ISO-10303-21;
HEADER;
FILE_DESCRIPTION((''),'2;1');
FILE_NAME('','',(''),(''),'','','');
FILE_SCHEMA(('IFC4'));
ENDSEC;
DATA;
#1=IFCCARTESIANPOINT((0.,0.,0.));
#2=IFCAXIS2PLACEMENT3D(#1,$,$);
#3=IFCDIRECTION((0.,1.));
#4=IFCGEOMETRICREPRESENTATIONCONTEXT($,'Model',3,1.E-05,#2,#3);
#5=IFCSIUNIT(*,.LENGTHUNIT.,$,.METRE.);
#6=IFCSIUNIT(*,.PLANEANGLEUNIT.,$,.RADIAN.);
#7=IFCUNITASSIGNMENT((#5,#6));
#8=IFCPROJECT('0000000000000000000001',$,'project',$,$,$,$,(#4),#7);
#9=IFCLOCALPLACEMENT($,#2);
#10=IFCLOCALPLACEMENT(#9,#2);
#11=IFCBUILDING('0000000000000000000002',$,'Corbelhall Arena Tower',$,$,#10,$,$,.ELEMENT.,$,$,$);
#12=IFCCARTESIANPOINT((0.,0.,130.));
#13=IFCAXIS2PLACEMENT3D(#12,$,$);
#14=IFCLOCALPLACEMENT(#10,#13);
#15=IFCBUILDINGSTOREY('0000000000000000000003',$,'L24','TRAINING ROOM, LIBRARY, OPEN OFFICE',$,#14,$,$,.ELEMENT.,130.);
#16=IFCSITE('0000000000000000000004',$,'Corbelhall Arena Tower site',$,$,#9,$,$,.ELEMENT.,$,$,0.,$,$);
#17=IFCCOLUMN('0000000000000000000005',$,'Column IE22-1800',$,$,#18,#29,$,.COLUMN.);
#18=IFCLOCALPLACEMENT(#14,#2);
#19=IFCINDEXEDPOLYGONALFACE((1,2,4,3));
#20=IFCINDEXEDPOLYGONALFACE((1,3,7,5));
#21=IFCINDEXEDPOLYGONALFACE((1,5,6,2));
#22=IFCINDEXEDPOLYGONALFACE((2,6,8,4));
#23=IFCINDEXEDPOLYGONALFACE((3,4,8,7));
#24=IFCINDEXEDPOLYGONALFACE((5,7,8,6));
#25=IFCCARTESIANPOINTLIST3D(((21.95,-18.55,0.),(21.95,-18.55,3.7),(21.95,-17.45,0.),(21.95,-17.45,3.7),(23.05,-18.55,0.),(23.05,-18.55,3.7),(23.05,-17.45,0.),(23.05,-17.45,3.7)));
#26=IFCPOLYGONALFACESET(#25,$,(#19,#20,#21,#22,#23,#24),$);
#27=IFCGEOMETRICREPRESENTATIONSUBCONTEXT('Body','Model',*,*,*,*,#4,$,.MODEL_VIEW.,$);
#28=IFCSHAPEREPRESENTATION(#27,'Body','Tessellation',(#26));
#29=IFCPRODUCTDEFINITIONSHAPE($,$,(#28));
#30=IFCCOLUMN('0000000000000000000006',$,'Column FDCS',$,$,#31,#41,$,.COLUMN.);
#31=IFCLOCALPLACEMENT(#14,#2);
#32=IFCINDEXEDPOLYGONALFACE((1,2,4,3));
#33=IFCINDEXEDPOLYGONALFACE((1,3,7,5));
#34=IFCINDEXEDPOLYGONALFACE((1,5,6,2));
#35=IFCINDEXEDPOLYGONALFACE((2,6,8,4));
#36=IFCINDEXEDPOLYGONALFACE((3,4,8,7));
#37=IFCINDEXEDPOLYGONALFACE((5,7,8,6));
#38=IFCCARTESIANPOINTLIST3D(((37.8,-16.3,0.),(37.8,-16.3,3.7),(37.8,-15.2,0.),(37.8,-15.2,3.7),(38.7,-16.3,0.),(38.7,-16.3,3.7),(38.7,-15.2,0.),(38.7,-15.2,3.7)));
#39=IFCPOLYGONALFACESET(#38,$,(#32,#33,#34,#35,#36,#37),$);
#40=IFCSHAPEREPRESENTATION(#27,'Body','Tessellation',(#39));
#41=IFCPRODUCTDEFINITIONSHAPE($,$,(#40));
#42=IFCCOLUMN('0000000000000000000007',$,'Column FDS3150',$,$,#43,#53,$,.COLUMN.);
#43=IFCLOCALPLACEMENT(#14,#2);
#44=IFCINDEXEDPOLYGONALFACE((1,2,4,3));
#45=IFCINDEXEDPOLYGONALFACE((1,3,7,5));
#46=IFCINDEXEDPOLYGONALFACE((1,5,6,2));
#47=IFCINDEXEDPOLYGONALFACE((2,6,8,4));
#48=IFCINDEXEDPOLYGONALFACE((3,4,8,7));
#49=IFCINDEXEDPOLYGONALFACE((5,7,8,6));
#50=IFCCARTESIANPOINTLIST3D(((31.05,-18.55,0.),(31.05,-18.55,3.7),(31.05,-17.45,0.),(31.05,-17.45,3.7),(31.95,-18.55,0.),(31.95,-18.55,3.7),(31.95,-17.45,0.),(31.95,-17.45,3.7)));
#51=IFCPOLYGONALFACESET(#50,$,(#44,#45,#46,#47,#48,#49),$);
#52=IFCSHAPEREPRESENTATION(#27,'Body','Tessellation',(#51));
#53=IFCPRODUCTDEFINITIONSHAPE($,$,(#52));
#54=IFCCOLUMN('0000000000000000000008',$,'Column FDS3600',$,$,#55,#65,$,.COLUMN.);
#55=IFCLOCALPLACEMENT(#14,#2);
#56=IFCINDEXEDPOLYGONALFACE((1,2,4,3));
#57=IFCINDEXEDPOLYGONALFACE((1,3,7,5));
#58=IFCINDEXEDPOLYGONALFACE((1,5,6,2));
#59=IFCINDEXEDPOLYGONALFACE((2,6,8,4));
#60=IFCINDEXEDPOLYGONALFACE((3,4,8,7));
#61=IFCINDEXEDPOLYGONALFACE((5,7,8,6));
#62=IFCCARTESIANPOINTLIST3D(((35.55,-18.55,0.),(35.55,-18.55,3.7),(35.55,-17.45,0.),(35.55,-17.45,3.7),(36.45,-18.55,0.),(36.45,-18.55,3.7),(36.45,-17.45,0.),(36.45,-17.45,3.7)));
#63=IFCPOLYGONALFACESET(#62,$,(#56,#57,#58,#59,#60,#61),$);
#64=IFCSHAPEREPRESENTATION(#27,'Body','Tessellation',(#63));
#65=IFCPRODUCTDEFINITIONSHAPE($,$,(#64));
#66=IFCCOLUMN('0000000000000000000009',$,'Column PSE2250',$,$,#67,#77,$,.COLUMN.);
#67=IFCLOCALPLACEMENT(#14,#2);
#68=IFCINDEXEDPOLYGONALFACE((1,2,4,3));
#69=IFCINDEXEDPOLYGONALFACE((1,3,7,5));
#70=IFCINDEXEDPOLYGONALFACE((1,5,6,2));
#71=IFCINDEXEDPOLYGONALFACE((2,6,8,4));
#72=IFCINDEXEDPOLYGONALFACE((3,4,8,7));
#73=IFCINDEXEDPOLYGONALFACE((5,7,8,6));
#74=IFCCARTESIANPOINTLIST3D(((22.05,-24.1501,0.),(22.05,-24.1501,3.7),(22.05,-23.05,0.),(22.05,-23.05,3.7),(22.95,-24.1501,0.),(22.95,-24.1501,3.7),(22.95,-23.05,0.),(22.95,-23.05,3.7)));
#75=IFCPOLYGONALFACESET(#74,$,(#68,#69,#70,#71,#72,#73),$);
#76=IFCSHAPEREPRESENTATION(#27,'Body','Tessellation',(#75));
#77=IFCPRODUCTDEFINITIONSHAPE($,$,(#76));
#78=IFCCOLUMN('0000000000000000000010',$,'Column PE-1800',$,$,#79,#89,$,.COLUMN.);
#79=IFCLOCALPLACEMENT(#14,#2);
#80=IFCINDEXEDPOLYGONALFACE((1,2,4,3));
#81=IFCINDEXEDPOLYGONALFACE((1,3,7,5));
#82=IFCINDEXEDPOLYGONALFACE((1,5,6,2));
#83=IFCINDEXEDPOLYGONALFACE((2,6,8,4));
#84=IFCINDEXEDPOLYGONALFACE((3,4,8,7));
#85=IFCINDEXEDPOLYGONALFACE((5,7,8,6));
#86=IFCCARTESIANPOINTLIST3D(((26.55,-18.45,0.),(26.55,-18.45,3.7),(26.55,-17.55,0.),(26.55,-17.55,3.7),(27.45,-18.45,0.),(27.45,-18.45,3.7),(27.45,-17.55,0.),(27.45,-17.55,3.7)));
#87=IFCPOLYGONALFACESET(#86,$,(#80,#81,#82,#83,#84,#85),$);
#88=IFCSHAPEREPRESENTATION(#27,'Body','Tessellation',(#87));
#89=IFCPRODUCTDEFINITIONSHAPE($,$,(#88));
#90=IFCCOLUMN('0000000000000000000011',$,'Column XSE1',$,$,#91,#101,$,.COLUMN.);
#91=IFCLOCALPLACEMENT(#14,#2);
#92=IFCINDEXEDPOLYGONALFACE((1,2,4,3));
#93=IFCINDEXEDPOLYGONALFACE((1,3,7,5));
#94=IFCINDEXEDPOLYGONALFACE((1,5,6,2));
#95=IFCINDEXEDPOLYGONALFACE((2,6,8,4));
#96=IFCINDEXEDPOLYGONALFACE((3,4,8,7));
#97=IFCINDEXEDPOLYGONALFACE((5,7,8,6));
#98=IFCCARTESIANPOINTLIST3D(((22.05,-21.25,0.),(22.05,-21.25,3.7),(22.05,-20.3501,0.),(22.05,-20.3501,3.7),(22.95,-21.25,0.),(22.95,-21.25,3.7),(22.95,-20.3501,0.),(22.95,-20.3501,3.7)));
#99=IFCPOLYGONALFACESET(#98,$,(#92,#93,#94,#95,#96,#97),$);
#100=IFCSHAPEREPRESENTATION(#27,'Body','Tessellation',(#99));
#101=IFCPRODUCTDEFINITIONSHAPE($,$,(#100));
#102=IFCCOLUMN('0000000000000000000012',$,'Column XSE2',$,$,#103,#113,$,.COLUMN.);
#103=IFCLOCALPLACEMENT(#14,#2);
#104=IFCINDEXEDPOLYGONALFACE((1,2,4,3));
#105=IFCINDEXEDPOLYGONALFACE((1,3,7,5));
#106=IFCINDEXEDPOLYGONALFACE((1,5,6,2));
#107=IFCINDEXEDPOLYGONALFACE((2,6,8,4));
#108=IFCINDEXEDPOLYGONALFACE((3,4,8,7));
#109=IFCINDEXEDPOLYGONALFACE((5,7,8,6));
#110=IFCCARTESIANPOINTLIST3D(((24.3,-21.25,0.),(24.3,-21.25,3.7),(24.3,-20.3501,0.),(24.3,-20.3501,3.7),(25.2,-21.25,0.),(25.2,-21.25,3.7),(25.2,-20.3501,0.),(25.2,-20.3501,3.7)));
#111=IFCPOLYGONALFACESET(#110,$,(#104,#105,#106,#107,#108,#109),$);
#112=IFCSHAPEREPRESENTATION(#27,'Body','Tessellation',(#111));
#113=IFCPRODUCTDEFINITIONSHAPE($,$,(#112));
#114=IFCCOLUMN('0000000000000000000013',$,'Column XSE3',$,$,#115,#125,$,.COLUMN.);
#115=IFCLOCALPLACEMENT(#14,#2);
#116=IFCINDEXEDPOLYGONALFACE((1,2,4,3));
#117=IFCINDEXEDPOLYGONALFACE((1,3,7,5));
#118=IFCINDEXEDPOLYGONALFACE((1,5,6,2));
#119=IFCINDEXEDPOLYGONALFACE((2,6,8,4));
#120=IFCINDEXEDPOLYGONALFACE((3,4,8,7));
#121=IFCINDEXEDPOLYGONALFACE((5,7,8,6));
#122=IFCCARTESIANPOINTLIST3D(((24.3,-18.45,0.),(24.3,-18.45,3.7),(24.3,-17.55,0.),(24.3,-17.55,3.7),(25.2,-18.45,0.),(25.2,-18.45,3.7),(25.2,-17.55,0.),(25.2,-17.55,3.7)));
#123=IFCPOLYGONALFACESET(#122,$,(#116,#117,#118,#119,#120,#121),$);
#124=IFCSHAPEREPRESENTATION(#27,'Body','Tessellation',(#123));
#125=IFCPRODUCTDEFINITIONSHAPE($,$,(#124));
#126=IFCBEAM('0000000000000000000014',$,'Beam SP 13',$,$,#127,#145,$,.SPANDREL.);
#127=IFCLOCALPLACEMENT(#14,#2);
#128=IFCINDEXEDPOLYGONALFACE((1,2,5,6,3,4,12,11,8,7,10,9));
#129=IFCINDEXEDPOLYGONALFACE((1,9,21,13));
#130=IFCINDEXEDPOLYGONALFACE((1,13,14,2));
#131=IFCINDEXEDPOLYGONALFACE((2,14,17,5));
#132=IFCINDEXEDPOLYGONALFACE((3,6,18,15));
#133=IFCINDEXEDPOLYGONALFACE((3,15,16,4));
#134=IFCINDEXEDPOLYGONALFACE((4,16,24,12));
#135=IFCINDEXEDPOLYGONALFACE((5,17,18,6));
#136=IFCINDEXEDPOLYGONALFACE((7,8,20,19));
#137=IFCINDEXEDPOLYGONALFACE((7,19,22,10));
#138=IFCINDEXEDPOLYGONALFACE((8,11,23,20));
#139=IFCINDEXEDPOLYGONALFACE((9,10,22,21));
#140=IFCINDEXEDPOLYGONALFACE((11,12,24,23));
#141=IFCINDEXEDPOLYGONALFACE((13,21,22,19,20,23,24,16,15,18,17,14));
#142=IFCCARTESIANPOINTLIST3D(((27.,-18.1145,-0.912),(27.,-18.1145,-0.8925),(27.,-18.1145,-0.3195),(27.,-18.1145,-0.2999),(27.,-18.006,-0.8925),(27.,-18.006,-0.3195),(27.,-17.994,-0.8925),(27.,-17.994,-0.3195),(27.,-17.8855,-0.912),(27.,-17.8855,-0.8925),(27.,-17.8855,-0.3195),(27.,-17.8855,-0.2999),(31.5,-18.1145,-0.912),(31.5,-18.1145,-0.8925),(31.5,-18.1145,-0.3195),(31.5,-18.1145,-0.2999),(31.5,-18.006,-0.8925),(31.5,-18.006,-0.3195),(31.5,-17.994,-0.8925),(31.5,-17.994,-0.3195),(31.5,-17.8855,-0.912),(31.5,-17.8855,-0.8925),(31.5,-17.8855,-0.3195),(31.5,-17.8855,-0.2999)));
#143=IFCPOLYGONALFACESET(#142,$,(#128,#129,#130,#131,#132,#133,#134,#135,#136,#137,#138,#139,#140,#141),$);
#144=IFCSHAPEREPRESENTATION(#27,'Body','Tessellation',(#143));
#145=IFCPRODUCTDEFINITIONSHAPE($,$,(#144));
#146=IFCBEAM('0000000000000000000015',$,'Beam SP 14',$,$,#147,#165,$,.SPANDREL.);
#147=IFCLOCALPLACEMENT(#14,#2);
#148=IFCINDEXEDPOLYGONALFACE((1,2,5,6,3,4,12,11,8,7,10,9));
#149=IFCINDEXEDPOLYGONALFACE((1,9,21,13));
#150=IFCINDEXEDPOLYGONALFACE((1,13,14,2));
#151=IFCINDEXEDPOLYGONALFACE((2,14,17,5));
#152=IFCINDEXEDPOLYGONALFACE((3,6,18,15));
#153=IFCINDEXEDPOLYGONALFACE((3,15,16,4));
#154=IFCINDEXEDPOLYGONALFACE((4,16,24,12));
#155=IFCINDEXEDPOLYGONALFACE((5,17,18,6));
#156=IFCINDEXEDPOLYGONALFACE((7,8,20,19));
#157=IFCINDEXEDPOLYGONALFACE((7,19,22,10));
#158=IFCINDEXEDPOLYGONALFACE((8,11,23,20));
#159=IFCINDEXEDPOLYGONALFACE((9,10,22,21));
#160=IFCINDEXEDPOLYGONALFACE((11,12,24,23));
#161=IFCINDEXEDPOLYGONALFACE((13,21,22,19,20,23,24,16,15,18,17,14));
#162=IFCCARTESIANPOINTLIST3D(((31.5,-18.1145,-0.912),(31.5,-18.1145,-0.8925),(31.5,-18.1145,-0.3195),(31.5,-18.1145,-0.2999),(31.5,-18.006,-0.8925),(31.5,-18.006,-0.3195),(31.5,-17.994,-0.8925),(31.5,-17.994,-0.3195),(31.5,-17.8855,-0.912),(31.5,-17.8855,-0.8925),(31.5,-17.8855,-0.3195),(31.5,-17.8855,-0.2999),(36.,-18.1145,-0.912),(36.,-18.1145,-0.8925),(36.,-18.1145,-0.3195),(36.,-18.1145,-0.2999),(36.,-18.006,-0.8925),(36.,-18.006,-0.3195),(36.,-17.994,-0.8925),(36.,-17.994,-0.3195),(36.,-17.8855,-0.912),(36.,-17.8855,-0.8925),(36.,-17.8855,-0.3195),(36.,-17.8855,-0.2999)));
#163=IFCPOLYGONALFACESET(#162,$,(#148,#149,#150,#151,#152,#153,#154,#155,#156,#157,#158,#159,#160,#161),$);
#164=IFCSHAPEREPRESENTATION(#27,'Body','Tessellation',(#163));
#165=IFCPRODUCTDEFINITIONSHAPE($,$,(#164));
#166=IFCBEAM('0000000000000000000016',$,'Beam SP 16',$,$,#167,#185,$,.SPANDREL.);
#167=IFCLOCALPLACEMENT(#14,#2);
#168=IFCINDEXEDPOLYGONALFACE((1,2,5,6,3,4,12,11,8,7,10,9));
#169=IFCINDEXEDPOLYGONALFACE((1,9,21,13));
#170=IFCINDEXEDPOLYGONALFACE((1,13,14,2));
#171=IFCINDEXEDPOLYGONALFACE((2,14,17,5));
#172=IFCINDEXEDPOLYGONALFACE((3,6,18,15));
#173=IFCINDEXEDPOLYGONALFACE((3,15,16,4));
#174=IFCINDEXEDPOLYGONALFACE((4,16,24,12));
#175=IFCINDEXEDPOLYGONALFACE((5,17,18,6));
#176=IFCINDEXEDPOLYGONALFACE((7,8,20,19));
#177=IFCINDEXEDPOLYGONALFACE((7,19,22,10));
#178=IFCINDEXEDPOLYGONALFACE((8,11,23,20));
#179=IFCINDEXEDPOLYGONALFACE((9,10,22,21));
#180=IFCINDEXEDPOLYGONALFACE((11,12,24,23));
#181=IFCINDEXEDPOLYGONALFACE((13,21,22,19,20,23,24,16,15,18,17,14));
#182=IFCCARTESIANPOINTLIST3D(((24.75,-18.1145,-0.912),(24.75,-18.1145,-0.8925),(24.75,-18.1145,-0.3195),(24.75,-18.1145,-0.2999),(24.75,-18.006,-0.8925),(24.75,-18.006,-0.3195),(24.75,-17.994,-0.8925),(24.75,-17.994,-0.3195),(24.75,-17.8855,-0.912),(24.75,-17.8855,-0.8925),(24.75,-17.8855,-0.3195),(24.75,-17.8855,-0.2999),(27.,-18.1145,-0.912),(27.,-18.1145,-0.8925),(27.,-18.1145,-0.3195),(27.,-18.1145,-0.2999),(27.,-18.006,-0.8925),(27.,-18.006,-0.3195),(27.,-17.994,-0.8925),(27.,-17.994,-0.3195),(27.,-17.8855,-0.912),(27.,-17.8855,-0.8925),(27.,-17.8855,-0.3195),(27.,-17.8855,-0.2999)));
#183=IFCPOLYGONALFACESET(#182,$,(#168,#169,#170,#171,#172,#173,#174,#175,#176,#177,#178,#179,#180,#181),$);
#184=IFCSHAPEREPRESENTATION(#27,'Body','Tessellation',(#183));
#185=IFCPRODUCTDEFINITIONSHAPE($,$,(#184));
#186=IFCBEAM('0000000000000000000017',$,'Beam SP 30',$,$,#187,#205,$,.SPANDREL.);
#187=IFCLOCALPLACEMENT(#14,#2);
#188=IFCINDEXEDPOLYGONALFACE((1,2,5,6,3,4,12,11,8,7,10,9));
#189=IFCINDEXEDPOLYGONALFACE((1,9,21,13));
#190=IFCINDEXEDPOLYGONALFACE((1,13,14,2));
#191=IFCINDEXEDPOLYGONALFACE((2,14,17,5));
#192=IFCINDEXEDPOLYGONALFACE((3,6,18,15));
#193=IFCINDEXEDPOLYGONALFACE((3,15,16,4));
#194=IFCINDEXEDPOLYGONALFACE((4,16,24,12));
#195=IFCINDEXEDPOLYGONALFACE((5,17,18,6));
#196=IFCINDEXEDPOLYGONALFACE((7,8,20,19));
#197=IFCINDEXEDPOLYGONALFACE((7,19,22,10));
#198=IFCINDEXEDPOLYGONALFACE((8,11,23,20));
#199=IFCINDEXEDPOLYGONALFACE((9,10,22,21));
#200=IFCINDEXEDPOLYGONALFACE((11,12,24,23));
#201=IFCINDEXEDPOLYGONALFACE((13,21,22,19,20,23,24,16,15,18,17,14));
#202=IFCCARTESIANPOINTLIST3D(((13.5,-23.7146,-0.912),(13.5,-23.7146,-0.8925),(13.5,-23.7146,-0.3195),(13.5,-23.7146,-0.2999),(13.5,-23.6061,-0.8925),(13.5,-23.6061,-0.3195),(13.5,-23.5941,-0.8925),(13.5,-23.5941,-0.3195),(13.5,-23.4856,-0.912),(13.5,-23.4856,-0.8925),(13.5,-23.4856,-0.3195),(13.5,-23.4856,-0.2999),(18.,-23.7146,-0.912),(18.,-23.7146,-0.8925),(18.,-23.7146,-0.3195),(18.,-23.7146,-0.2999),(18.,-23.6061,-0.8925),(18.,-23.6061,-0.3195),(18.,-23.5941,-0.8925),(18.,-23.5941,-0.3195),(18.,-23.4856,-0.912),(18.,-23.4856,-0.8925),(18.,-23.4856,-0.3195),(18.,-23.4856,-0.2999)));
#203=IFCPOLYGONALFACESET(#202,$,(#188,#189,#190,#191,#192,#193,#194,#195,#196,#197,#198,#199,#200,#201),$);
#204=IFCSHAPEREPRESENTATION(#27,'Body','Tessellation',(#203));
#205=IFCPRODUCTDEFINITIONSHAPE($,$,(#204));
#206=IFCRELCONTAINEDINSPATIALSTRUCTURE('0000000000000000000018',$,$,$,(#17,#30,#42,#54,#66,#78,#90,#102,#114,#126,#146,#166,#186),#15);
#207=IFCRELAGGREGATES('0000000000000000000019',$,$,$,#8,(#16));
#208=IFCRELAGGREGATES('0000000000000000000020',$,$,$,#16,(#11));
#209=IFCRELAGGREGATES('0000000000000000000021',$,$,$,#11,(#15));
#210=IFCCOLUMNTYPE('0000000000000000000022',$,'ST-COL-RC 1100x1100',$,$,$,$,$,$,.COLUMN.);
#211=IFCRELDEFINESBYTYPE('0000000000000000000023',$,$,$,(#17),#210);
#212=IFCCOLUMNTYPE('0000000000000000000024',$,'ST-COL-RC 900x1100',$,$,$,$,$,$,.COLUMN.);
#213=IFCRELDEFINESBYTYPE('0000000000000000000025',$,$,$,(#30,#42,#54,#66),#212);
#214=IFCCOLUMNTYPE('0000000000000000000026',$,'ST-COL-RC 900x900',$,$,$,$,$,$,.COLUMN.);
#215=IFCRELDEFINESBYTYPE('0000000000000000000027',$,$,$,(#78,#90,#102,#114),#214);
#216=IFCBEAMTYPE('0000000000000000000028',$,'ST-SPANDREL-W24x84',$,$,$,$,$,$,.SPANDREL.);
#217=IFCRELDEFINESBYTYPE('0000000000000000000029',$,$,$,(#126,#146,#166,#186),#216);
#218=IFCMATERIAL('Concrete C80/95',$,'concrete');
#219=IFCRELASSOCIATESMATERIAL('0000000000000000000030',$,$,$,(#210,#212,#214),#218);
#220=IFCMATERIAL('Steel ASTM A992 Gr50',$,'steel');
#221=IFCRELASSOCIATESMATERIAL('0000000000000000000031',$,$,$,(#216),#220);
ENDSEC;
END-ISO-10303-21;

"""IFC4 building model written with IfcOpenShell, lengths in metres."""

from ifc_helpers import new_model, si_unit, direction, frame, origin, origin_2d, place, context, subcontext, project, spatial, rectangle, i_section, extrude, material, material_profile, profile_set, type_object, element, save


model = new_model("IFC4")

# Units and contexts
model_context = context("Model", 3, precision=1e-05, world=origin(), true_north=direction((0.0, 1.0)))
body_context = subcontext(model_context, "Body", "Model", "MODEL_VIEW")
ifc_project = project(units=[si_unit("LENGTHUNIT", "METRE"), si_unit("PLANEANGLEUNIT", "RADIAN")], contexts=[model_context])

# Site, building, storey
site_placement = place(None, origin())
site = spatial("IfcSite", under=ifc_project, at=site_placement, Name="Corbelhall Arena Tower site", CompositionType="ELEMENT", RefElevation=0.0)
building_placement = place(site_placement, origin())
building = spatial("IfcBuilding", under=site, at=building_placement, Name="Corbelhall Arena Tower", CompositionType="ELEMENT")
storey_placement = place(building_placement, frame((0.0, 0.0, 130.0)))
storey = spatial("IfcBuildingStorey", under=building, at=storey_placement, Name="L24", Description="TRAINING ROOM, LIBRARY, OPEN OFFICE", CompositionType="ELEMENT", Elevation=130.0)

# Columns
ifc_material_1 = material(Name="Concrete C80/95", Category="concrete")
ifc_material_profile_1 = material_profile(ifc_material_1, rectangle(XDim=1.1001, YDim=1.1001, at=origin_2d()))
ifc_profile_set_1 = profile_set([ifc_material_profile_1], Name="Concrete C80/95")
column_type_1 = type_object("IfcColumnType", Name="ST-COL-RC 1100x1100", PredefinedType="COLUMN", material=ifc_profile_set_1)
column_placement = place(storey_placement, frame((22.5, -18.0, 0.0), z_axis=(0.0, 0.0, 1.0), x_axis=(1.0, 0.0, 0.0)))
element("IfcColumn", 1, at=column_placement, inside=storey, type_object=column_type_1, Name="Column IE22-1800", PredefinedType="COLUMN", context=body_context, shape_type="SweptSolid", body=[
    extrude(rectangle(XDim=1.1001, YDim=1.1001, at=origin_2d()), origin(), (0.0, 0.0, 1.0), 3.7),
])
ifc_material_profile_2 = material_profile(ifc_material_1, rectangle(XDim=0.8999, YDim=1.1001, at=origin_2d()))
ifc_profile_set_2 = profile_set([ifc_material_profile_2], Name="Concrete C80/95")
column_type_2 = type_object("IfcColumnType", Name="ST-COL-RC 900x1100", PredefinedType="COLUMN", material=ifc_profile_set_2)
for number, where, z_axis, x_axis, name in (
    (2, (38.25, -15.75, 0.0), (0.0, 0.0, 1.0), (1.0, 0.0, 0.0), "Column FDCS"),
    (3, (31.5, -18.0, 0.0), (0.0, 0.0, 1.0), (1.0, 0.0, 0.0), "Column FDS3150"),
    (4, (36.0, -18.0, 0.0), (0.0, 0.0, 1.0), (1.0, 0.0, 0.0), "Column FDS3600"),
    (5, (22.5, -23.6001, 0.0), (0.0, 0.0, 1.0), (1.0, 0.0, 0.0), "Column PSE2250"),
):
    element("IfcColumn", number, at=place(storey_placement, frame(where, z_axis=z_axis, x_axis=x_axis)), inside=storey, type_object=column_type_2, Name=name, PredefinedType="COLUMN", context=body_context, shape_type="SweptSolid", body=[
        extrude(rectangle(XDim=0.8999, YDim=1.1001, at=origin_2d()), origin(), (0.0, 0.0, 1.0), 3.7),
    ])
ifc_material_profile_3 = material_profile(ifc_material_1, rectangle(XDim=0.8999, YDim=0.8999, at=origin_2d()))
ifc_profile_set_3 = profile_set([ifc_material_profile_3], Name="Concrete C80/95")
column_type_3 = type_object("IfcColumnType", Name="ST-COL-RC 900x900", PredefinedType="COLUMN", material=ifc_profile_set_3)
for number, where, z_axis, x_axis, name in (
    (6, (27.0, -18.0, 0.0), (0.0, 0.0, 1.0), (1.0, 0.0, 0.0), "Column PE-1800"),
    (7, (22.5, -20.8, 0.0), (0.0, 0.0, 1.0), (1.0, 0.0, 0.0), "Column XSE1"),
    (8, (24.75, -20.8, 0.0), (0.0, 0.0, 1.0), (1.0, 0.0, 0.0), "Column XSE2"),
    (9, (24.75, -18.0, 0.0), (0.0, 0.0, 1.0), (1.0, 0.0, 0.0), "Column XSE3"),
):
    element("IfcColumn", number, at=place(storey_placement, frame(where, z_axis=z_axis, x_axis=x_axis)), inside=storey, type_object=column_type_3, Name=name, PredefinedType="COLUMN", context=body_context, shape_type="SweptSolid", body=[
        extrude(rectangle(XDim=0.8999, YDim=0.8999, at=origin_2d()), origin(), (0.0, 0.0, 1.0), 3.7),
    ])

# Beams
ifc_material_2 = material(Name="Steel ASTM A992 Gr50", Category="steel")
ifc_material_profile_4 = material_profile(ifc_material_2, i_section(OverallWidth=0.229, OverallDepth=0.6121, WebThickness=0.012, FlangeThickness=0.0195, at=origin_2d()))
ifc_profile_set_4 = profile_set([ifc_material_profile_4], Name="Steel ASTM A992 Gr50")
beam_type = type_object("IfcBeamType", Name="ST-SPANDREL-W24x84", PredefinedType="SPANDREL", material=ifc_profile_set_4)
for number, where, z_axis, x_axis, name in (
    (10, (31.5, -18.0, -0.606), (-1.0, 0.0, 0.0), (0.0, -1.0, 0.0), "Beam SP 13"),
    (11, (36.0, -18.0, -0.606), (-1.0, 0.0, 0.0), (0.0, -1.0, 0.0), "Beam SP 14"),
):
    element("IfcBeam", number, at=place(storey_placement, frame(where, z_axis=z_axis, x_axis=x_axis)), inside=storey, type_object=beam_type, Name=name, PredefinedType="SPANDREL", context=body_context, shape_type="SweptSolid", body=[
        extrude(i_section(OverallWidth=0.229, OverallDepth=0.6121, WebThickness=0.012, FlangeThickness=0.0195, at=origin_2d()), origin(), (0.0, 0.0, 1.0), 4.5),
    ])
beam_1_placement = place(storey_placement, frame((27.0, -18.0, -0.606), z_axis=(-1.0, 0.0, 0.0), x_axis=(0.0, -1.0, 0.0)))
element("IfcBeam", 12, at=beam_1_placement, inside=storey, type_object=beam_type, Name="Beam SP 16", PredefinedType="SPANDREL", context=body_context, shape_type="SweptSolid", body=[
    extrude(i_section(OverallWidth=0.229, OverallDepth=0.6121, WebThickness=0.012, FlangeThickness=0.0195, at=origin_2d()), origin(), (0.0, 0.0, 1.0), 2.25),
])
for number, where, z_axis, x_axis, name in (
    (13, (18.0, -23.6001, -0.606), (-1.0, 0.0, 0.0), (0.0, -1.0, 0.0), "Beam SP 30"),
):
    element("IfcBeam", number, at=place(storey_placement, frame(where, z_axis=z_axis, x_axis=x_axis)), inside=storey, type_object=beam_type, Name=name, PredefinedType="SPANDREL", context=body_context, shape_type="SweptSolid", body=[
        extrude(i_section(OverallWidth=0.229, OverallDepth=0.6121, WebThickness=0.012, FlangeThickness=0.0195, at=origin_2d()), origin(), (0.0, 0.0, 1.0), 4.5),
    ])

save(model, "model.ifc")
